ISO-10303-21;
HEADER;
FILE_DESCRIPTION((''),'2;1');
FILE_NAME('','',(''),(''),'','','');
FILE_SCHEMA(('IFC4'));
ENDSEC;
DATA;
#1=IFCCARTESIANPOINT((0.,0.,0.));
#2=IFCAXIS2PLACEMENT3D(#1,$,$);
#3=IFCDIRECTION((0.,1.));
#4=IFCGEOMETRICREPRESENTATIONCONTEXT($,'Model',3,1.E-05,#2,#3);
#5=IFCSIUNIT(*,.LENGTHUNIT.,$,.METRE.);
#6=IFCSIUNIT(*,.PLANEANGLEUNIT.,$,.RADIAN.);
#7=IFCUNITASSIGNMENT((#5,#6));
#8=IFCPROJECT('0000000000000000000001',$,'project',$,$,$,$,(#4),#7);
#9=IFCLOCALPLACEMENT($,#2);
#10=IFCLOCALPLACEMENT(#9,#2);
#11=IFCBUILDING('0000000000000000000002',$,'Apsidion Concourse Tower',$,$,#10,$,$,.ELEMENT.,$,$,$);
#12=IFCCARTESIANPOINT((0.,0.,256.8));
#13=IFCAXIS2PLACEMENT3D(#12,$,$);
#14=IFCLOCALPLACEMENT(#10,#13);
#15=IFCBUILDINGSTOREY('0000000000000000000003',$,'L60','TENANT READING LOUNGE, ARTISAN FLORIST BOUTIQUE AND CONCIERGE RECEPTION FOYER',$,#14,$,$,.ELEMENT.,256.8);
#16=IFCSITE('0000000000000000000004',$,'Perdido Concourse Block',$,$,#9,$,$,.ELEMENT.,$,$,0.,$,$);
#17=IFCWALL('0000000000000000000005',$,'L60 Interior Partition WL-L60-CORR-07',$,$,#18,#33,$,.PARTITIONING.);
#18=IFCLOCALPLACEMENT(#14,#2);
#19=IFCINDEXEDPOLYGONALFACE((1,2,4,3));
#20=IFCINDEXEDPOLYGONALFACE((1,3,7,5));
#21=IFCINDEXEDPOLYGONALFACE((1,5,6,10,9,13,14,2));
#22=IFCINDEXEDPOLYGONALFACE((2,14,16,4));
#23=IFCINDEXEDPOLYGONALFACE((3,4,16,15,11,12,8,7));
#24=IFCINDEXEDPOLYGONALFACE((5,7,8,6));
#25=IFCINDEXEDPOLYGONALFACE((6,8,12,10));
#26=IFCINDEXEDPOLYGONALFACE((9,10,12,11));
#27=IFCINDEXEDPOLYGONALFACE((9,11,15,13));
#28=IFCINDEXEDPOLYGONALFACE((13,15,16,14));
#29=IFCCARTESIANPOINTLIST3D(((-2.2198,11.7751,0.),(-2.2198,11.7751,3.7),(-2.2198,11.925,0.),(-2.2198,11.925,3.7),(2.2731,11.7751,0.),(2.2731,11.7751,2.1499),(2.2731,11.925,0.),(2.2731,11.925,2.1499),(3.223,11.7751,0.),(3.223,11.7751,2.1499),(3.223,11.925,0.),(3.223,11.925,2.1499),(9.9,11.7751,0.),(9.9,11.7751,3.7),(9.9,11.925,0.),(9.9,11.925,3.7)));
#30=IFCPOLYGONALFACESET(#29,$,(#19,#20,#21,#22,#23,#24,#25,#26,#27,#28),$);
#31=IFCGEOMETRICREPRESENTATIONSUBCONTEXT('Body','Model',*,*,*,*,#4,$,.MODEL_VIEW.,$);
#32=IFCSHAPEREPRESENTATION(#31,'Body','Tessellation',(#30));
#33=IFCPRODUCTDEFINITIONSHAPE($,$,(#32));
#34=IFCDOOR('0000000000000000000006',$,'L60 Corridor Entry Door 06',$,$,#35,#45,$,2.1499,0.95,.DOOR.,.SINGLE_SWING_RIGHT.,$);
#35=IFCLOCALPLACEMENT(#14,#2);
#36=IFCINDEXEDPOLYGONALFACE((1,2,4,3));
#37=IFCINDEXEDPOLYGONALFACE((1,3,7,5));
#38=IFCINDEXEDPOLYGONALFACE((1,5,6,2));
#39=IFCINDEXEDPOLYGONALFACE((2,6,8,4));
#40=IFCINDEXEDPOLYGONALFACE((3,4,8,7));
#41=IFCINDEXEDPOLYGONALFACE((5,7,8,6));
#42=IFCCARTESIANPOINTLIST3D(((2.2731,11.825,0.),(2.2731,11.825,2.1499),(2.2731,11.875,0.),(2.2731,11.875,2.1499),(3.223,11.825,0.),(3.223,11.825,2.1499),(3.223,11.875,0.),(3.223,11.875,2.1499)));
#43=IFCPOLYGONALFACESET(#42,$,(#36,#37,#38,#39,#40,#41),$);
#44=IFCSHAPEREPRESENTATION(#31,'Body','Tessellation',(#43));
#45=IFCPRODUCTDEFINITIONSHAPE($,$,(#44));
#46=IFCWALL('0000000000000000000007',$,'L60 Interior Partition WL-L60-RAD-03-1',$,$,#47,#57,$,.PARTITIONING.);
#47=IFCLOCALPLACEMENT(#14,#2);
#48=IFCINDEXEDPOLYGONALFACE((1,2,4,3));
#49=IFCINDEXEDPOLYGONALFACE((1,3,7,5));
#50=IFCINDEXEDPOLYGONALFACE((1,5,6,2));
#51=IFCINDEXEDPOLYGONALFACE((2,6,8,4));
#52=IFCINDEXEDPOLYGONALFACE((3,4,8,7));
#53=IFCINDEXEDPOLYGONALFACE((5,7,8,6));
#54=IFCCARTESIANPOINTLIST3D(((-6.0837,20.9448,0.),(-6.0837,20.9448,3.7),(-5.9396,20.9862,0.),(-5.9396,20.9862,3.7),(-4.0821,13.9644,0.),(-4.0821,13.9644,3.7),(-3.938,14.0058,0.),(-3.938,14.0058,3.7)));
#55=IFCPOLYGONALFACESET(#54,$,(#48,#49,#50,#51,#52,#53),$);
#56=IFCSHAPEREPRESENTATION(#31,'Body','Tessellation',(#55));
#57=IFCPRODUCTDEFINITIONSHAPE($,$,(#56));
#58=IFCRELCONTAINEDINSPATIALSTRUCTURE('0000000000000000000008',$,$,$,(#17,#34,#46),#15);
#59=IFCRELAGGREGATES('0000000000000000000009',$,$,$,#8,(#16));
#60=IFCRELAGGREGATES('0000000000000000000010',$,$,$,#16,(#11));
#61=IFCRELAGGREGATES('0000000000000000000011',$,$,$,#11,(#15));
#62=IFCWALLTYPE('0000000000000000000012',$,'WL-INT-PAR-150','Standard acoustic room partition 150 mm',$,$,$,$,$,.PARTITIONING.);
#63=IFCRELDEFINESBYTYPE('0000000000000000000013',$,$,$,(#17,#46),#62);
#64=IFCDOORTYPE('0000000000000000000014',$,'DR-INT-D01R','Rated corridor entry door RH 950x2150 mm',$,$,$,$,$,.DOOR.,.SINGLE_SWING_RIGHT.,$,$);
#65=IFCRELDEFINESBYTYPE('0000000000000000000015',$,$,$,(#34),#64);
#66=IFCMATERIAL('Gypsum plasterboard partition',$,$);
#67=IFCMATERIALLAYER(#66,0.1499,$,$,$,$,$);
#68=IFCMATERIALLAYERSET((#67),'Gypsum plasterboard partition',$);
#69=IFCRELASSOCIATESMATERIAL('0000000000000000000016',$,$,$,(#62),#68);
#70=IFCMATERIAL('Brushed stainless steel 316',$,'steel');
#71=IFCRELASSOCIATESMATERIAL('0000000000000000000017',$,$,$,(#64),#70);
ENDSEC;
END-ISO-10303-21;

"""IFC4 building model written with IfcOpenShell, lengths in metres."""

from ifc_helpers import new_model, si_unit, direction, frame, frame_2d, origin, place, context, subcontext, project, spatial, rectangle, extrude, material, layer, layer_set, type_object, element, fill, save


model = new_model("IFC4")

# Units and contexts
model_context = context("Model", 3, precision=1e-05, world=origin(), true_north=direction((0.0, 1.0)))
body_context = subcontext(model_context, "Body", "Model", "MODEL_VIEW")
ifc_project = project(units=[si_unit("LENGTHUNIT", "METRE"), si_unit("PLANEANGLEUNIT", "RADIAN")], contexts=[model_context])

# Site, building, storey
site_placement = place(None, origin())
site = spatial("IfcSite", under=ifc_project, at=site_placement, Name="Perdido Concourse Block", CompositionType="ELEMENT", RefElevation=0.0)
building_placement = place(site_placement, origin())
building = spatial("IfcBuilding", under=site, at=building_placement, Name="Apsidion Concourse Tower", CompositionType="ELEMENT")
storey_placement = place(building_placement, frame((0.0, 0.0, 256.8)))
storey = spatial("IfcBuildingStorey", under=building, at=storey_placement, Name="L60", Description="TENANT READING LOUNGE, ARTISAN FLORIST BOUTIQUE AND CONCIERGE RECEPTION FOYER", CompositionType="ELEMENT", Elevation=256.8)

# Shared definitions
ifc_material_1 = material(Name="Gypsum plasterboard partition")
ifc_layer_1 = layer(ifc_material_1, 0.1499)
ifc_layer_set_1 = layer_set([ifc_layer_1], Name="Gypsum plasterboard partition")
wall_type_1 = type_object("IfcWallType", Name="WL-INT-PAR-150", Description="Standard acoustic room partition 150 mm", PredefinedType="PARTITIONING", material=ifc_layer_set_1)

# Wall, opening, door
wall_1_placement = place(storey_placement, frame((-2.22, 11.8501, 0.0), z_axis=(0.0, 0.0, 1.0), x_axis=(1.0, 0.0, 0.0)))
wall_1 = element("IfcWall", 1, at=wall_1_placement, inside=storey, type_object=wall_type_1, Name="L60 Interior Partition WL-L60-CORR-07", PredefinedType="PARTITIONING", context=body_context, shape_type="SweptSolid", body=[
    extrude(rectangle(XDim=12.1199, YDim=0.1499, at=frame_2d((6.0601, 0.0))), origin(), (0.0, 0.0, 1.0), 3.7),
])
opening_1_placement = place(wall_1_placement, frame((4.4929, 0.0, 0.0)))
opening_1 = element("IfcOpeningElement", 2, at=opening_1_placement, cuts=wall_1, PredefinedType="OPENING", context=body_context, shape_type="SweptSolid", body=[
    extrude(rectangle(XDim=0.95, YDim=2.1499, at=frame_2d((0.4751, 1.075))), frame((0.0, 0.085, 0.0), z_axis=(0.0, -1.0, 0.0), x_axis=(1.0, 0.0, 0.0)), (0.0, 0.0, 1.0), 0.1699),
])
ifc_material_2 = material(Name="Brushed stainless steel 316", Category="steel")
door_type_1 = type_object("IfcDoorType", Name="DR-INT-D01R", Description="Rated corridor entry door RH 950x2150 mm", OperationType="SINGLE_SWING_RIGHT", PredefinedType="DOOR", material=ifc_material_2)
door_1_placement = place(opening_1_placement, origin())
door_1 = element("IfcDoor", 3, at=door_1_placement, inside=storey, type_object=door_type_1, Name="L60 Corridor Entry Door 06", OperationType="SINGLE_SWING_RIGHT", OverallHeight=2.1499, OverallWidth=0.95, PredefinedType="DOOR", context=body_context, shape_type="SweptSolid", body=[
    extrude(rectangle(XDim=0.95, YDim=2.1499, at=frame_2d((0.4751, 1.075))), frame((0.0, 0.0249, 0.0), z_axis=(0.0, -1.0, 0.0), x_axis=(1.0, 0.0, 0.0)), (0.0, 0.0, 1.0), 0.05),
])
fill(opening_1, door_1)

# Wall
wall_2_placement = place(storey_placement, frame((-4.01, 13.9851, 0.0), z_axis=(0.0, 0.0, 1.0), x_axis=(-0.275649, 0.961258, 0.0)))
element("IfcWall", 4, at=wall_2_placement, inside=storey, type_object=wall_type_1, Name="L60 Interior Partition WL-L60-RAD-03-1", PredefinedType="PARTITIONING", context=body_context, shape_type="SweptSolid", body=[
    extrude(rectangle(XDim=7.2617, YDim=0.1499, at=frame_2d((3.6309, 0.0))), origin(), (0.0, 0.0, 1.0), 3.7),
])

save(model, "model.ifc")
